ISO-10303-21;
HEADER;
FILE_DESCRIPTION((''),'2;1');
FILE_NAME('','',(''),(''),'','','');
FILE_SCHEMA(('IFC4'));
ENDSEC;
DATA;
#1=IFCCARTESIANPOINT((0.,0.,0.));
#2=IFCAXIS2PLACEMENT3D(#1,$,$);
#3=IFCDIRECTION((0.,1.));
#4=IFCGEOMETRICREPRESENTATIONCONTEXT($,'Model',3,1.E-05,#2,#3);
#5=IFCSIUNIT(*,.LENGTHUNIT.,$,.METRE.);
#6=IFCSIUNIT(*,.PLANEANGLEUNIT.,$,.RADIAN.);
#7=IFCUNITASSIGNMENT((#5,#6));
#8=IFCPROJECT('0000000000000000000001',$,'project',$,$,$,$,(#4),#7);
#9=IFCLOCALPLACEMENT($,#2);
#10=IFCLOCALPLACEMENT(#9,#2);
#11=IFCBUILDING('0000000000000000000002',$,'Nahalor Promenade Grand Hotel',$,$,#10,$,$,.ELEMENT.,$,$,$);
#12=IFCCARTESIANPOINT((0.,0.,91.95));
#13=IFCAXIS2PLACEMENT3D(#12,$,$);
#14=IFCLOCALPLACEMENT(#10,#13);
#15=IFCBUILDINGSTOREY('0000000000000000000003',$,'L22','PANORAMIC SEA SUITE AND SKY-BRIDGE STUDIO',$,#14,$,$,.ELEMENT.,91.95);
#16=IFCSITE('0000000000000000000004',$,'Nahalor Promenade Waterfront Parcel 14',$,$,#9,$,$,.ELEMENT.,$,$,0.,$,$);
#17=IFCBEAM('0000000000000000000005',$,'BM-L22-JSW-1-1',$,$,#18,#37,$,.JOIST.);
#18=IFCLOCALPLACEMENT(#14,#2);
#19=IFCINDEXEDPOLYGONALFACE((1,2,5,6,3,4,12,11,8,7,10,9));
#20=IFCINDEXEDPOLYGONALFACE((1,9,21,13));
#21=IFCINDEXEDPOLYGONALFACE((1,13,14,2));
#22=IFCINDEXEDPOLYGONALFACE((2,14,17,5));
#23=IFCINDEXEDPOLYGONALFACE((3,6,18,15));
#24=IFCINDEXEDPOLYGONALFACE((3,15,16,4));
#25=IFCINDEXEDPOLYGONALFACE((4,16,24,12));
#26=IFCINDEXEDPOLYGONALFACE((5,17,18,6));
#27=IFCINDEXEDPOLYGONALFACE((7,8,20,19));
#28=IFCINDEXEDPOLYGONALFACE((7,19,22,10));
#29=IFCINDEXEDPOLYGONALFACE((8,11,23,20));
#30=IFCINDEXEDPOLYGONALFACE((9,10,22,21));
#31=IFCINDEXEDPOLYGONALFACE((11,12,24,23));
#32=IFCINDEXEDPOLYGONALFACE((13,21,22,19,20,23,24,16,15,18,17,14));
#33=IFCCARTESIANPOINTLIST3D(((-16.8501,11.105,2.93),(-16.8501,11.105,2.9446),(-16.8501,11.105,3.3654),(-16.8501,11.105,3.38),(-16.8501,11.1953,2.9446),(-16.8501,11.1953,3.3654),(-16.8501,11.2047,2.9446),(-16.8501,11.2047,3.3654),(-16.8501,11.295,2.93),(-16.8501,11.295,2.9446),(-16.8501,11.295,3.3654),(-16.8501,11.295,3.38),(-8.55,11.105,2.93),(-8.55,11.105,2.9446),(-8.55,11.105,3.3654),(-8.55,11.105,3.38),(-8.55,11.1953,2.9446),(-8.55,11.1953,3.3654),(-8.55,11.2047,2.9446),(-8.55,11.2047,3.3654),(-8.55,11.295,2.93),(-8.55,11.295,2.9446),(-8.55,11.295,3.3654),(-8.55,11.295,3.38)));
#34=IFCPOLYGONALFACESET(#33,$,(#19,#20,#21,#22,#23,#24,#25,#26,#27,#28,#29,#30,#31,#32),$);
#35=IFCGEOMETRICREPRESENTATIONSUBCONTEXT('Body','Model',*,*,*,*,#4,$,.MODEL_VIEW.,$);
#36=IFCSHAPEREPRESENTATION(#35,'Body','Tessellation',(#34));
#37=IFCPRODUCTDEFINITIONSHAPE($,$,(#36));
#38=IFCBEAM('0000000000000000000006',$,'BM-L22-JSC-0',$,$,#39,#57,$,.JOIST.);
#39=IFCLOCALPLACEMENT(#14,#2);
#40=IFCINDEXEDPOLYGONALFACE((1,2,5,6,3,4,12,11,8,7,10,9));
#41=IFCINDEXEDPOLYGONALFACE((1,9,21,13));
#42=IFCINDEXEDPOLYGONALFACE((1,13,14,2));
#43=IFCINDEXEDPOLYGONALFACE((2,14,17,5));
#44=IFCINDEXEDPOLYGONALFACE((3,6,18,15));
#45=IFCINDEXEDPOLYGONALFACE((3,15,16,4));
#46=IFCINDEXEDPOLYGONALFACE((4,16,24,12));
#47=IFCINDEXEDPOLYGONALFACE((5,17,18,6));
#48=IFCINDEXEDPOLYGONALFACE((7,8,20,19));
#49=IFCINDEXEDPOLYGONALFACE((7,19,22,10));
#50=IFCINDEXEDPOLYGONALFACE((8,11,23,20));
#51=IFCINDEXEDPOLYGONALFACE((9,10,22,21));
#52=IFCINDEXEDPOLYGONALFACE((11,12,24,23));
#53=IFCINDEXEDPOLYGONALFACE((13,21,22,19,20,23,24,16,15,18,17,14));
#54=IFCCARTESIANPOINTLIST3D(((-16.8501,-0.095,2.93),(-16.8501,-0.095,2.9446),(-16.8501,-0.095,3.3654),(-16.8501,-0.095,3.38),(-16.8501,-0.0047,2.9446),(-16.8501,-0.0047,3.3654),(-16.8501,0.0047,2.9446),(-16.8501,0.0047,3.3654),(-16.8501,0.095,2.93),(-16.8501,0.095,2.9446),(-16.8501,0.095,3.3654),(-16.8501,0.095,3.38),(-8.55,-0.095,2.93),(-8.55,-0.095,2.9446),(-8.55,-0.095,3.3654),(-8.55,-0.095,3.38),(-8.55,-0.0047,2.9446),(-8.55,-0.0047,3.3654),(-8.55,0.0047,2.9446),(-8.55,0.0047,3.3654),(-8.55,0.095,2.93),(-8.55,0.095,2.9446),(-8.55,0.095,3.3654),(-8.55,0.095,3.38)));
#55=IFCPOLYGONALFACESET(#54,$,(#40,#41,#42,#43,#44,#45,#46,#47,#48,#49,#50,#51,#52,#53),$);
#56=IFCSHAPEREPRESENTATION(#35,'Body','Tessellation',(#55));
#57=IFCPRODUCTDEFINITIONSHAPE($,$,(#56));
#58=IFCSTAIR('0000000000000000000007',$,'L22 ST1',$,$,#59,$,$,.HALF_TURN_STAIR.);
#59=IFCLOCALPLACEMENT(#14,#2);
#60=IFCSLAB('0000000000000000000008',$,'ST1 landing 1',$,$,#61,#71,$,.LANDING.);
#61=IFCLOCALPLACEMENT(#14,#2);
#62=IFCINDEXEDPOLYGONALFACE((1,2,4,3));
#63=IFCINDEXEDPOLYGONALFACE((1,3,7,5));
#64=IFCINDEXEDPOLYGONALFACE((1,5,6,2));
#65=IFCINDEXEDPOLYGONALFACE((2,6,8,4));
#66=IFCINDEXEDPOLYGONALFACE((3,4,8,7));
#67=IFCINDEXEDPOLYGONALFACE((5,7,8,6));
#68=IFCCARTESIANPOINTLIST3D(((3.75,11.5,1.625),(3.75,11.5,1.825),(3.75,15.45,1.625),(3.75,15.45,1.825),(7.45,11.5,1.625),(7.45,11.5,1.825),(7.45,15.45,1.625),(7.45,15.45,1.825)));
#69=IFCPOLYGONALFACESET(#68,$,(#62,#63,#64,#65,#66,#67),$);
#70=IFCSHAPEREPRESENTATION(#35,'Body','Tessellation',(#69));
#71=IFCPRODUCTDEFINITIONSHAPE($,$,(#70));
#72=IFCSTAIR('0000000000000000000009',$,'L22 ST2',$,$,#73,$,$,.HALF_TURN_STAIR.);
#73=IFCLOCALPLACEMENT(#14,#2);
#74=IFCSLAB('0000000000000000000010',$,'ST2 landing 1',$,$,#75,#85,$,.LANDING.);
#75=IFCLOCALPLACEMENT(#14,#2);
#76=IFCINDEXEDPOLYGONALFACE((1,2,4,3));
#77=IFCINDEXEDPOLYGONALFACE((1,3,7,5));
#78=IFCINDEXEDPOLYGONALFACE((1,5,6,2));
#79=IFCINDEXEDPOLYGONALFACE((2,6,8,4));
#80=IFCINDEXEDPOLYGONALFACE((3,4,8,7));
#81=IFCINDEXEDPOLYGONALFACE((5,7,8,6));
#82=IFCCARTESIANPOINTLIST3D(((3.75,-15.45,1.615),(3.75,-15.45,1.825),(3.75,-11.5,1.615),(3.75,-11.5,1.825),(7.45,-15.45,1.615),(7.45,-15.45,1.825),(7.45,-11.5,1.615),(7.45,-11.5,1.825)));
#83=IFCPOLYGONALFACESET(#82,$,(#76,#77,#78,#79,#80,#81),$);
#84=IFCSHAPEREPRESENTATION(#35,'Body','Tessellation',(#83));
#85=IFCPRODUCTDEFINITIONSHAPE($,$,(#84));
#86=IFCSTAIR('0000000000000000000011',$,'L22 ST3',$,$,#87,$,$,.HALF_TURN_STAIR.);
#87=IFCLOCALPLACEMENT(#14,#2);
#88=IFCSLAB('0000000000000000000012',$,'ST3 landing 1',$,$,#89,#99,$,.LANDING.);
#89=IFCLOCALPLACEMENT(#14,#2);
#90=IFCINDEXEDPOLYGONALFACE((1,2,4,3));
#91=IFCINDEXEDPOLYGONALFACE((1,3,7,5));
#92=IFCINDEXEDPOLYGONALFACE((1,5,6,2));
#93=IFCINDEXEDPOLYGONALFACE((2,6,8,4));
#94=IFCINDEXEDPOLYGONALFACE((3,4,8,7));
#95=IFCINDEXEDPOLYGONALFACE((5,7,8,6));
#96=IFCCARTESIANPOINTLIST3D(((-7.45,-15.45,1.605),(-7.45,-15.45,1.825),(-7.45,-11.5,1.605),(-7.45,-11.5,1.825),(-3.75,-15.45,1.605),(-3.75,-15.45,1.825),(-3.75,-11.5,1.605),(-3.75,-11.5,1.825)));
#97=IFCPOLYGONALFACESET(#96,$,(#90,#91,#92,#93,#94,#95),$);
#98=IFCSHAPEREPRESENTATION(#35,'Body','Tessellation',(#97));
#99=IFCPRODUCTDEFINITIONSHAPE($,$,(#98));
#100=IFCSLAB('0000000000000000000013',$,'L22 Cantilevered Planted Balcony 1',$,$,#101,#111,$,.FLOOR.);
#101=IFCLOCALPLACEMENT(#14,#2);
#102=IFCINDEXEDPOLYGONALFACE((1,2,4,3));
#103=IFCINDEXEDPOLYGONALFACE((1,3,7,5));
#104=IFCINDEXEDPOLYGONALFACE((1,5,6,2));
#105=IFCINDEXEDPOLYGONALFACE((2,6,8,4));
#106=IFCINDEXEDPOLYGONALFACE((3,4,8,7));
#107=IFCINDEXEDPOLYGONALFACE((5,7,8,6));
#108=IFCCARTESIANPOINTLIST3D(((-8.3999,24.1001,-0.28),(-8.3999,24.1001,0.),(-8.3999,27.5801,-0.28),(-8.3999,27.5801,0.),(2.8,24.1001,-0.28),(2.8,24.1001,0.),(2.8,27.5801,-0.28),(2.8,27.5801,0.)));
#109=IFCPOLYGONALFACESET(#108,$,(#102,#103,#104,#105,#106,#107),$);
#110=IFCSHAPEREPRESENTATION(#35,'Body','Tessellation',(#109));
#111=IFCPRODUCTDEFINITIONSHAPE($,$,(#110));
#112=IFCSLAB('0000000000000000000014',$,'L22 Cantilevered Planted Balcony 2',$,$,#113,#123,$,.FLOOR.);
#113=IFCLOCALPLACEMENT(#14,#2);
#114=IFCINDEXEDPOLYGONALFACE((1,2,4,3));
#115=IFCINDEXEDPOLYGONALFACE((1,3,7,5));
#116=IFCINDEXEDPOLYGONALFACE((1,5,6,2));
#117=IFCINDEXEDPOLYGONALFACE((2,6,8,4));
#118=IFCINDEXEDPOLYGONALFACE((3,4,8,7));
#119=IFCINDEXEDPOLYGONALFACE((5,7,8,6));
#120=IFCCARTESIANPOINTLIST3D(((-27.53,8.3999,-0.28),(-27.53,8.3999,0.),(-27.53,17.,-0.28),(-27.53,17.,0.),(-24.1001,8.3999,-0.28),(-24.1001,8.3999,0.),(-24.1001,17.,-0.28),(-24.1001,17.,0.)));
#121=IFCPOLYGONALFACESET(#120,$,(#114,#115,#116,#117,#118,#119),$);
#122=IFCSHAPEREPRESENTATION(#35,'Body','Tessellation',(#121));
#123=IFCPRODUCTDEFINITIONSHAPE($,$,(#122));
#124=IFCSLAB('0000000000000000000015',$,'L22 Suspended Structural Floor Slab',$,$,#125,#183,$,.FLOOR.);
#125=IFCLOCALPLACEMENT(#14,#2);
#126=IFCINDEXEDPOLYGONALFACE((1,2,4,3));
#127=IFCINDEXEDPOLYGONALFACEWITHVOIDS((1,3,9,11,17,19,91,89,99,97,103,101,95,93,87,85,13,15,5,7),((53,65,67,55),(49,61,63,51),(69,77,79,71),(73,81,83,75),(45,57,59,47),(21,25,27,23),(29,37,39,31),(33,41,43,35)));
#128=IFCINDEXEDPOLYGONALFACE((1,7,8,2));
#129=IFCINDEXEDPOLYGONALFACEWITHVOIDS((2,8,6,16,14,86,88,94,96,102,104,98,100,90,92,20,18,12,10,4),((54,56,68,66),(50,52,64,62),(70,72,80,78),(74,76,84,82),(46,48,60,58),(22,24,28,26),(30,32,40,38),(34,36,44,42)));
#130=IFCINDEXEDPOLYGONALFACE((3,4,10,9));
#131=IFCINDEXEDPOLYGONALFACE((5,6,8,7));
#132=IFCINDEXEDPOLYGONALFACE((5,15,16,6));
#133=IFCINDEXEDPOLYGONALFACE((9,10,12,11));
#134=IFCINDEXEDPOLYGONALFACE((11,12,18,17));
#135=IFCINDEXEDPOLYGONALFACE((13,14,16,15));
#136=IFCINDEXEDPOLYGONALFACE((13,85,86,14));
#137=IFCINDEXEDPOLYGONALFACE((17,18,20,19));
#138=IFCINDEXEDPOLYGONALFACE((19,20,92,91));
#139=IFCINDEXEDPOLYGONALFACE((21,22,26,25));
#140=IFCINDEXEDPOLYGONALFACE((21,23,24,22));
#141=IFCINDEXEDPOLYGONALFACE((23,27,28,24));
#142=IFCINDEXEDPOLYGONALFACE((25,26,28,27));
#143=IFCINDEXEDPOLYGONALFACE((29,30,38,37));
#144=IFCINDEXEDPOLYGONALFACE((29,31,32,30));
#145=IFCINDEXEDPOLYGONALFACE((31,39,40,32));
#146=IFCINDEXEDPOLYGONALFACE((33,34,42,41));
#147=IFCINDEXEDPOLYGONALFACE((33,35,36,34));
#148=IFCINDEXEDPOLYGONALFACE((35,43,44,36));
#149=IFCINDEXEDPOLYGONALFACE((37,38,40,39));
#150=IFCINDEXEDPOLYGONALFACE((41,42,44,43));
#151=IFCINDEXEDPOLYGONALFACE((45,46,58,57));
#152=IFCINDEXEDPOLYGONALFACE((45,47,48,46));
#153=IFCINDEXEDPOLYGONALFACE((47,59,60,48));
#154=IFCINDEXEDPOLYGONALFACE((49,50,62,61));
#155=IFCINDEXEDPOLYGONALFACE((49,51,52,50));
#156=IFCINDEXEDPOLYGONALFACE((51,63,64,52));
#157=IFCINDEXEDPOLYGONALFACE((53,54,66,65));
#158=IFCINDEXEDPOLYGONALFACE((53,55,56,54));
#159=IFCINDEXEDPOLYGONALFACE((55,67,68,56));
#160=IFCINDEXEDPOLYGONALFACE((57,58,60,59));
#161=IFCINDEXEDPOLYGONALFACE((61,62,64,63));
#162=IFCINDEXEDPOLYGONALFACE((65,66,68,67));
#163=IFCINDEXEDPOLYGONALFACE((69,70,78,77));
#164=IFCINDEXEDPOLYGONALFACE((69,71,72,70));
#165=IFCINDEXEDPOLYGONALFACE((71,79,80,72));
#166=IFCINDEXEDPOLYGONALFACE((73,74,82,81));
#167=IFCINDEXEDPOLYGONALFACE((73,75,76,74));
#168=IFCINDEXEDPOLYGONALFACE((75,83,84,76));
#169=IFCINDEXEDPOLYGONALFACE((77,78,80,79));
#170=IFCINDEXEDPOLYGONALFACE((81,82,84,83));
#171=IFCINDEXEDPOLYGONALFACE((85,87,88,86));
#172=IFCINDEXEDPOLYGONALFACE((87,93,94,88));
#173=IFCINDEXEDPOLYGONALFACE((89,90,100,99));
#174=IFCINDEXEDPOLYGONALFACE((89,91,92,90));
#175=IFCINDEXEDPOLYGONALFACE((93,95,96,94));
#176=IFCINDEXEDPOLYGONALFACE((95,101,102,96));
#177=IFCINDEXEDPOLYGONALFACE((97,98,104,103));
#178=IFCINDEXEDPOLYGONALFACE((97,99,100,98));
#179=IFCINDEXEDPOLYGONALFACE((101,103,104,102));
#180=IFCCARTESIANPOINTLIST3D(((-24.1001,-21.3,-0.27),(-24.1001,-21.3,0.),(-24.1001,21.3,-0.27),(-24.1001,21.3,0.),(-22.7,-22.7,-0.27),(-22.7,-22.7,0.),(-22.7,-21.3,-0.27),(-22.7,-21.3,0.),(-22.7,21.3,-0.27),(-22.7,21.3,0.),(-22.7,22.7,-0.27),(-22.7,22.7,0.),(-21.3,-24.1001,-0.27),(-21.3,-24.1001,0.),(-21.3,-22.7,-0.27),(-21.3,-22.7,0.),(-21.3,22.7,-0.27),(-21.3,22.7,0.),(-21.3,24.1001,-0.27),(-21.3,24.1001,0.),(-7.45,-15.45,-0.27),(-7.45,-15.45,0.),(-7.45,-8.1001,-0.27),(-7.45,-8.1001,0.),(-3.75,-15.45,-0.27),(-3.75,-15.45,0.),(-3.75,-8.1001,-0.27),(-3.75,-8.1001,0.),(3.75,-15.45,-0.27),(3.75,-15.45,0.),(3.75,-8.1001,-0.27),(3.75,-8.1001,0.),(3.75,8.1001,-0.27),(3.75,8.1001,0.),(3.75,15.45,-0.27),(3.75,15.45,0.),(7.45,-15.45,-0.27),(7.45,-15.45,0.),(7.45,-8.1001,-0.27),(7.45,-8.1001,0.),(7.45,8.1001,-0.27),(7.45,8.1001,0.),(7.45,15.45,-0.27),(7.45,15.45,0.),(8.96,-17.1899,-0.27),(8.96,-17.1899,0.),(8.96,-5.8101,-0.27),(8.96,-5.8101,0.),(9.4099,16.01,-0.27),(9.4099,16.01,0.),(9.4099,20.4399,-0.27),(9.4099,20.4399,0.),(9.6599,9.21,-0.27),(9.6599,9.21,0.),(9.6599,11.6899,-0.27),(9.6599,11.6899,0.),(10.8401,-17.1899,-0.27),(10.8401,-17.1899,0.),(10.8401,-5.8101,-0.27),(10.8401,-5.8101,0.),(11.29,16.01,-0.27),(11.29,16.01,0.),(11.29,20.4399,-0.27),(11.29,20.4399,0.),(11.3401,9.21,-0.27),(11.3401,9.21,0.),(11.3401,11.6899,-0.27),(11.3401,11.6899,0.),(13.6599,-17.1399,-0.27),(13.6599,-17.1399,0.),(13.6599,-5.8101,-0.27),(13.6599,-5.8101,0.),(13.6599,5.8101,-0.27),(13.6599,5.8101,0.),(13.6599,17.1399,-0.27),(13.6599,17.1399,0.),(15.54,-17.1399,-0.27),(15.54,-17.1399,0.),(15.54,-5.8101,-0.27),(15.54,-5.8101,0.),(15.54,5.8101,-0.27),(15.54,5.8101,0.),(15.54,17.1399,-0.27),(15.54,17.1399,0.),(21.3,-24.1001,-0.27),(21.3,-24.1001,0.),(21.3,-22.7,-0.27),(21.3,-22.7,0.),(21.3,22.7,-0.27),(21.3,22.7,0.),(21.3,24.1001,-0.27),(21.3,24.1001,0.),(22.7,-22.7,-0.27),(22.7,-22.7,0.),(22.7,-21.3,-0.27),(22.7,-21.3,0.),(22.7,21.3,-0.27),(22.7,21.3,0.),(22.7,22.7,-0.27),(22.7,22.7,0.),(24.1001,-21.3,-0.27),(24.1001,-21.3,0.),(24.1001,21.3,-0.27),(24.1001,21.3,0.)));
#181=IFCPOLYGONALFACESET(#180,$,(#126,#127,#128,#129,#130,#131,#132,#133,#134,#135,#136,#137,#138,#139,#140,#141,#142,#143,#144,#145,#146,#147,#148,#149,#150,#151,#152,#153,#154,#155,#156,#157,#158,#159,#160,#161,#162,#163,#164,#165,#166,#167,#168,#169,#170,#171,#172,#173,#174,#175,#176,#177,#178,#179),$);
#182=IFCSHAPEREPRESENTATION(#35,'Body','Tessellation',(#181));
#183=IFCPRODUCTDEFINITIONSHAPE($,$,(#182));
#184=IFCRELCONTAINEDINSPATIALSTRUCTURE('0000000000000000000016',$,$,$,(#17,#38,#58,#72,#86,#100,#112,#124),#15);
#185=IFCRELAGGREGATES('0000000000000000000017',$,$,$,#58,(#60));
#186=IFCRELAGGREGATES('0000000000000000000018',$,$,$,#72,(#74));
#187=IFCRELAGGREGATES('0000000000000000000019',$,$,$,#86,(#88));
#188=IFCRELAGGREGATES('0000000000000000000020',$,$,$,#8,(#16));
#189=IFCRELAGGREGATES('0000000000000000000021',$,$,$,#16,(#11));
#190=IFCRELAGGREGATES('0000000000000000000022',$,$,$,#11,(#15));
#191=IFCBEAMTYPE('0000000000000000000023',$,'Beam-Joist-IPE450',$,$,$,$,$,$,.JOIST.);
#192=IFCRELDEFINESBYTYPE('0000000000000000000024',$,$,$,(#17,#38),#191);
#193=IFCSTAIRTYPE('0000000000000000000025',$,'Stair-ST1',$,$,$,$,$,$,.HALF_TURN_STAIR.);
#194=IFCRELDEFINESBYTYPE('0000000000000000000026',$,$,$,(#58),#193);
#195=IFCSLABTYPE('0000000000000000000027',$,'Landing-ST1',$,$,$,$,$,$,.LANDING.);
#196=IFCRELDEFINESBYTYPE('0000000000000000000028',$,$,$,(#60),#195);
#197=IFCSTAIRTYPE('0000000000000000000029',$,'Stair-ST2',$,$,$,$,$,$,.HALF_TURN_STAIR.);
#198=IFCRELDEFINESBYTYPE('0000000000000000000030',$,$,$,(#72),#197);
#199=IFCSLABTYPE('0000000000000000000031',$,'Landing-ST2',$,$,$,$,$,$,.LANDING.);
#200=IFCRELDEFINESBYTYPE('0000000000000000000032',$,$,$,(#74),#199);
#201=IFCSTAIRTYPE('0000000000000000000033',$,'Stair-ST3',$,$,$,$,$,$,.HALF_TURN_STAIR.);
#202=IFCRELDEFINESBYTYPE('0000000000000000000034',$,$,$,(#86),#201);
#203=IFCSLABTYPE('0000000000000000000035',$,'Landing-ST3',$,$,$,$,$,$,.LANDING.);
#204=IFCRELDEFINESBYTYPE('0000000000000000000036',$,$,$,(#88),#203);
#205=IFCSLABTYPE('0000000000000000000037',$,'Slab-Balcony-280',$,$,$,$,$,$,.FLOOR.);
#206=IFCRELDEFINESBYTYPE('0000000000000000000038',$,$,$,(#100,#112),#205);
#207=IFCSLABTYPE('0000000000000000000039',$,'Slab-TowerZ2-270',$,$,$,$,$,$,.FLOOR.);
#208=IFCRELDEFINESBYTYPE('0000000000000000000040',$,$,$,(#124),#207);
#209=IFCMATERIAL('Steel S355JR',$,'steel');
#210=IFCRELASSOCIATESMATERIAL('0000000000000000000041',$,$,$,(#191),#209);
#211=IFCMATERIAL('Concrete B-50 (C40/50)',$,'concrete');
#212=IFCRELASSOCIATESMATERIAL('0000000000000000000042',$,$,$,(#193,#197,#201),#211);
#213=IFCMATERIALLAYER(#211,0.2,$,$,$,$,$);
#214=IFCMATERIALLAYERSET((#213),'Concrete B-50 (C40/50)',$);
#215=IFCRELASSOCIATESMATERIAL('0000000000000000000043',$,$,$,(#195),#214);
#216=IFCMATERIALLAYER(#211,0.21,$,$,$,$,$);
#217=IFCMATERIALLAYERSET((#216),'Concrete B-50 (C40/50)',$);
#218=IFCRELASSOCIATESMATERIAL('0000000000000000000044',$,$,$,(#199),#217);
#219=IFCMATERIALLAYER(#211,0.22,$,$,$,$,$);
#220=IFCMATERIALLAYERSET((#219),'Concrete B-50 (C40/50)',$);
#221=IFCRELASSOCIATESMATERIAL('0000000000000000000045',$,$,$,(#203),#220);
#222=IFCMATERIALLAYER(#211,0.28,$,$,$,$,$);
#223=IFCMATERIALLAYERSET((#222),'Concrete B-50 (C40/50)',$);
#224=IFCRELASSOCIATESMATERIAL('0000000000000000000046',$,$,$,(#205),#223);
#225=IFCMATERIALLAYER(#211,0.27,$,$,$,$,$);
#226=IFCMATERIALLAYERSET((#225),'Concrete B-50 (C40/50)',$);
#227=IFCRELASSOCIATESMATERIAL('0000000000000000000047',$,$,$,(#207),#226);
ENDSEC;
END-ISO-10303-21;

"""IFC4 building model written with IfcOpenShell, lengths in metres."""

from ifc_helpers import new_model, si_unit, direction, frame, origin, origin_2d, place, context, subcontext, project, spatial, polyline, i_section, outline, extrude, source, transform, mapped, material, layer, layer_set, material_profile, profile_set, type_object, element, aggregate, save


model = new_model("IFC4")

# Units and contexts
model_context = context("Model", 3, precision=1e-05, world=origin(), true_north=direction((0.0, 1.0)))
body_context = subcontext(model_context, "Body", "Model", "MODEL_VIEW")
ifc_project = project(units=[si_unit("LENGTHUNIT", "METRE"), si_unit("PLANEANGLEUNIT", "RADIAN")], contexts=[model_context])

# Site, building, storey
site_placement = place(None, origin())
site = spatial("IfcSite", under=ifc_project, at=site_placement, Name="Nahalor Promenade Waterfront Parcel 14", CompositionType="ELEMENT", RefElevation=0.0)
building_placement = place(site_placement, origin())
building = spatial("IfcBuilding", under=site, at=building_placement, Name="Nahalor Promenade Grand Hotel", CompositionType="ELEMENT")
storey_placement = place(building_placement, frame((0.0, 0.0, 91.95)))
storey = spatial("IfcBuildingStorey", under=building, at=storey_placement, Name="L22", Description="PANORAMIC SEA SUITE AND SKY-BRIDGE STUDIO", CompositionType="ELEMENT", Elevation=91.95)

# Beams
ifc_material_1 = material(Name="Steel S355JR", Category="steel")
ifc_material_profile_1 = material_profile(ifc_material_1, i_section(OverallWidth=0.19, OverallDepth=0.45, WebThickness=0.0094, FlangeThickness=0.0146, at=origin_2d()), Name="IPE 450")
ifc_profile_set_1 = profile_set([ifc_material_profile_1], Name="Steel S355JR")
beam_type_1 = type_object("IfcBeamType", Name="Beam-Joist-IPE450", PredefinedType="JOIST", material=ifc_profile_set_1)
shared_shape_1 = source(origin(), body_context, "Body", "SweptSolid", [
    extrude(i_section(OverallWidth=0.19, OverallDepth=0.45, WebThickness=0.0094, FlangeThickness=0.0146, at=origin_2d()), origin(), (0.0, 0.0, 1.0), 8.3),
])
for number, where, z_axis, x_axis, name in (
    (1, (-16.8501, 11.2, 3.155), (1.0, 0.0, 0.0), (0.0, 1.0, 0.0), "BM-L22-JSW-1-1"),
    (2, (-16.8501, 0.0, 3.155), (1.0, 0.0, 0.0), (0.0, 1.0, 0.0), "BM-L22-JSC-0"),
):
    element("IfcBeam", number, at=place(storey_placement, frame(where, z_axis=z_axis, x_axis=x_axis)), inside=storey, type_object=beam_type_1, Name=name, PredefinedType="JOIST", context=body_context, shape_type="MappedRepresentation", body=[
        mapped(shared_shape_1, transform((0.0, 0.0, 0.0), scale=1.0)),
    ])

# Stairs, slabs
ifc_material_2 = material(Name="Concrete B-50 (C40/50)", Category="concrete")
stair_type_1 = type_object("IfcStairType", Name="Stair-ST1", PredefinedType="HALF_TURN_STAIR", material=ifc_material_2)
stair_1_placement = place(storey_placement, origin())
stair_1 = element("IfcStair", 3, at=stair_1_placement, inside=storey, type_object=stair_type_1, Name="L22 ST1", PredefinedType="HALF_TURN_STAIR")
ifc_layer_1 = layer(ifc_material_2, 0.2)
ifc_layer_set_1 = layer_set([ifc_layer_1], Name="Concrete B-50 (C40/50)")
slab_type_1 = type_object("IfcSlabType", Name="Landing-ST1", PredefinedType="LANDING", material=ifc_layer_set_1)
slab_1_placement = place(storey_placement, frame((0.0, 0.0, 1.625)))
slab_1 = element("IfcSlab", 4, at=slab_1_placement, type_object=slab_type_1, Name="ST1 landing 1", PredefinedType="LANDING", context=body_context, shape_type="SweptSolid", body=[
    extrude(outline(polyline([(7.45, 11.5), (7.45, 15.45), (3.75, 15.45), (3.75, 11.5), (7.45, 11.5)])), origin(), (0.0, 0.0, 1.0), 0.2),
])
aggregate(stair_1, [slab_1])
stair_type_2 = type_object("IfcStairType", Name="Stair-ST2", PredefinedType="HALF_TURN_STAIR", material=ifc_material_2)
stair_2_placement = place(storey_placement, origin())
stair_2 = element("IfcStair", 5, at=stair_2_placement, inside=storey, type_object=stair_type_2, Name="L22 ST2", PredefinedType="HALF_TURN_STAIR")
ifc_layer_2 = layer(ifc_material_2, 0.21)
ifc_layer_set_2 = layer_set([ifc_layer_2], Name="Concrete B-50 (C40/50)")
slab_type_2 = type_object("IfcSlabType", Name="Landing-ST2", PredefinedType="LANDING", material=ifc_layer_set_2)
slab_2_placement = place(storey_placement, frame((0.0, 0.0, 1.615)))
slab_2 = element("IfcSlab", 6, at=slab_2_placement, type_object=slab_type_2, Name="ST2 landing 1", PredefinedType="LANDING", context=body_context, shape_type="SweptSolid", body=[
    extrude(outline(polyline([(3.75, -11.5), (3.75, -15.45), (7.45, -15.45), (7.45, -11.5), (3.75, -11.5)])), origin(), (0.0, 0.0, 1.0), 0.21),
])
aggregate(stair_2, [slab_2])
stair_type_3 = type_object("IfcStairType", Name="Stair-ST3", PredefinedType="HALF_TURN_STAIR", material=ifc_material_2)
stair_3_placement = place(storey_placement, origin())
stair_3 = element("IfcStair", 7, at=stair_3_placement, inside=storey, type_object=stair_type_3, Name="L22 ST3", PredefinedType="HALF_TURN_STAIR")
ifc_layer_3 = layer(ifc_material_2, 0.22)
ifc_layer_set_3 = layer_set([ifc_layer_3], Name="Concrete B-50 (C40/50)")
slab_type_3 = type_object("IfcSlabType", Name="Landing-ST3", PredefinedType="LANDING", material=ifc_layer_set_3)
slab_3_placement = place(storey_placement, frame((0.0, 0.0, 1.605)))
slab_3 = element("IfcSlab", 8, at=slab_3_placement, type_object=slab_type_3, Name="ST3 landing 1", PredefinedType="LANDING", context=body_context, shape_type="SweptSolid", body=[
    extrude(outline(polyline([(-7.45, -11.5), (-7.45, -15.45), (-3.75, -15.45), (-3.75, -11.5), (-7.45, -11.5)])), origin(), (0.0, 0.0, 1.0), 0.22),
])
aggregate(stair_3, [slab_3])

# Slabs
ifc_layer_4 = layer(ifc_material_2, 0.28)
ifc_layer_set_4 = layer_set([ifc_layer_4], Name="Concrete B-50 (C40/50)")
slab_type_4 = type_object("IfcSlabType", Name="Slab-Balcony-280", PredefinedType="FLOOR", material=ifc_layer_set_4)
slab_4_placement = place(storey_placement, frame((0.0, 0.0, -0.28)))
element("IfcSlab", 9, at=slab_4_placement, inside=storey, type_object=slab_type_4, Name="L22 Cantilevered Planted Balcony 1", PredefinedType="FLOOR", context=body_context, shape_type="SweptSolid", body=[
    extrude(outline(polyline([(-8.3999, 24.1001), (2.8, 24.1001), (2.8, 27.5801), (-8.3999, 27.5801), (-8.3999, 24.1001)])), origin(), (0.0, 0.0, 1.0), 0.28),
])
slab_5_placement = place(storey_placement, frame((0.0, 0.0, -0.28)))
element("IfcSlab", 10, at=slab_5_placement, inside=storey, type_object=slab_type_4, Name="L22 Cantilevered Planted Balcony 2", PredefinedType="FLOOR", context=body_context, shape_type="SweptSolid", body=[
    extrude(outline(polyline([(-27.53, 8.3999), (-24.1001, 8.3999), (-24.1001, 17.0), (-27.53, 17.0), (-27.53, 8.3999)])), origin(), (0.0, 0.0, 1.0), 0.28),
])
ifc_layer_5 = layer(ifc_material_2, 0.27)
ifc_layer_set_5 = layer_set([ifc_layer_5], Name="Concrete B-50 (C40/50)")
slab_type_5 = type_object("IfcSlabType", Name="Slab-TowerZ2-270", PredefinedType="FLOOR", material=ifc_layer_set_5)
slab_6_placement = place(storey_placement, frame((0.0, 0.0, -0.27)))
element("IfcSlab", 11, at=slab_6_placement, inside=storey, type_object=slab_type_5, Name="L22 Suspended Structural Floor Slab", PredefinedType="FLOOR", context=body_context, shape_type="SweptSolid", body=[
    extrude(outline(polyline([(-21.3, -24.1001), (21.3, -24.1001), (21.3, -22.7), (22.7, -22.7), (22.7, -21.3), (24.1001, -21.3), (24.1001, 21.3), (22.7, 21.3), (22.7, 22.7), (21.3, 22.7), (21.3, 24.1001), (-21.3, 24.1001), (-21.3, 22.7), (-22.7, 22.7), (-22.7, 21.3), (-24.1001, 21.3), (-24.1001, -21.3), (-22.7, -21.3), (-22.7, -22.7), (-21.3, -22.7), (-21.3, -24.1001)]), holes=[polyline([(3.75, 8.1001), (7.45, 8.1001), (7.45, 15.45), (3.75, 15.45), (3.75, 8.1001)]), polyline([(3.75, -15.45), (7.45, -15.45), (7.45, -8.1001), (3.75, -8.1001), (3.75, -15.45)]), polyline([(-7.45, -15.45), (-3.75, -15.45), (-3.75, -8.1001), (-7.45, -8.1001), (-7.45, -15.45)]), polyline([(13.6599, 5.8101), (15.54, 5.8101), (15.54, 17.1399), (13.6599, 17.1399), (13.6599, 5.8101)]), polyline([(13.6599, -17.1399), (15.54, -17.1399), (15.54, -5.8101), (13.6599, -5.8101), (13.6599, -17.1399)]), polyline([(8.96, -17.1899), (10.8401, -17.1899), (10.8401, -5.8101), (8.96, -5.8101), (8.96, -17.1899)]), polyline([(9.4099, 16.01), (11.29, 16.01), (11.29, 20.4399), (9.4099, 20.4399), (9.4099, 16.01)]), polyline([(9.6599, 9.21), (11.3401, 9.21), (11.3401, 11.6899), (9.6599, 11.6899), (9.6599, 9.21)])]), origin(), (0.0, 0.0, 1.0), 0.27),
])

save(model, "model.ifc")
